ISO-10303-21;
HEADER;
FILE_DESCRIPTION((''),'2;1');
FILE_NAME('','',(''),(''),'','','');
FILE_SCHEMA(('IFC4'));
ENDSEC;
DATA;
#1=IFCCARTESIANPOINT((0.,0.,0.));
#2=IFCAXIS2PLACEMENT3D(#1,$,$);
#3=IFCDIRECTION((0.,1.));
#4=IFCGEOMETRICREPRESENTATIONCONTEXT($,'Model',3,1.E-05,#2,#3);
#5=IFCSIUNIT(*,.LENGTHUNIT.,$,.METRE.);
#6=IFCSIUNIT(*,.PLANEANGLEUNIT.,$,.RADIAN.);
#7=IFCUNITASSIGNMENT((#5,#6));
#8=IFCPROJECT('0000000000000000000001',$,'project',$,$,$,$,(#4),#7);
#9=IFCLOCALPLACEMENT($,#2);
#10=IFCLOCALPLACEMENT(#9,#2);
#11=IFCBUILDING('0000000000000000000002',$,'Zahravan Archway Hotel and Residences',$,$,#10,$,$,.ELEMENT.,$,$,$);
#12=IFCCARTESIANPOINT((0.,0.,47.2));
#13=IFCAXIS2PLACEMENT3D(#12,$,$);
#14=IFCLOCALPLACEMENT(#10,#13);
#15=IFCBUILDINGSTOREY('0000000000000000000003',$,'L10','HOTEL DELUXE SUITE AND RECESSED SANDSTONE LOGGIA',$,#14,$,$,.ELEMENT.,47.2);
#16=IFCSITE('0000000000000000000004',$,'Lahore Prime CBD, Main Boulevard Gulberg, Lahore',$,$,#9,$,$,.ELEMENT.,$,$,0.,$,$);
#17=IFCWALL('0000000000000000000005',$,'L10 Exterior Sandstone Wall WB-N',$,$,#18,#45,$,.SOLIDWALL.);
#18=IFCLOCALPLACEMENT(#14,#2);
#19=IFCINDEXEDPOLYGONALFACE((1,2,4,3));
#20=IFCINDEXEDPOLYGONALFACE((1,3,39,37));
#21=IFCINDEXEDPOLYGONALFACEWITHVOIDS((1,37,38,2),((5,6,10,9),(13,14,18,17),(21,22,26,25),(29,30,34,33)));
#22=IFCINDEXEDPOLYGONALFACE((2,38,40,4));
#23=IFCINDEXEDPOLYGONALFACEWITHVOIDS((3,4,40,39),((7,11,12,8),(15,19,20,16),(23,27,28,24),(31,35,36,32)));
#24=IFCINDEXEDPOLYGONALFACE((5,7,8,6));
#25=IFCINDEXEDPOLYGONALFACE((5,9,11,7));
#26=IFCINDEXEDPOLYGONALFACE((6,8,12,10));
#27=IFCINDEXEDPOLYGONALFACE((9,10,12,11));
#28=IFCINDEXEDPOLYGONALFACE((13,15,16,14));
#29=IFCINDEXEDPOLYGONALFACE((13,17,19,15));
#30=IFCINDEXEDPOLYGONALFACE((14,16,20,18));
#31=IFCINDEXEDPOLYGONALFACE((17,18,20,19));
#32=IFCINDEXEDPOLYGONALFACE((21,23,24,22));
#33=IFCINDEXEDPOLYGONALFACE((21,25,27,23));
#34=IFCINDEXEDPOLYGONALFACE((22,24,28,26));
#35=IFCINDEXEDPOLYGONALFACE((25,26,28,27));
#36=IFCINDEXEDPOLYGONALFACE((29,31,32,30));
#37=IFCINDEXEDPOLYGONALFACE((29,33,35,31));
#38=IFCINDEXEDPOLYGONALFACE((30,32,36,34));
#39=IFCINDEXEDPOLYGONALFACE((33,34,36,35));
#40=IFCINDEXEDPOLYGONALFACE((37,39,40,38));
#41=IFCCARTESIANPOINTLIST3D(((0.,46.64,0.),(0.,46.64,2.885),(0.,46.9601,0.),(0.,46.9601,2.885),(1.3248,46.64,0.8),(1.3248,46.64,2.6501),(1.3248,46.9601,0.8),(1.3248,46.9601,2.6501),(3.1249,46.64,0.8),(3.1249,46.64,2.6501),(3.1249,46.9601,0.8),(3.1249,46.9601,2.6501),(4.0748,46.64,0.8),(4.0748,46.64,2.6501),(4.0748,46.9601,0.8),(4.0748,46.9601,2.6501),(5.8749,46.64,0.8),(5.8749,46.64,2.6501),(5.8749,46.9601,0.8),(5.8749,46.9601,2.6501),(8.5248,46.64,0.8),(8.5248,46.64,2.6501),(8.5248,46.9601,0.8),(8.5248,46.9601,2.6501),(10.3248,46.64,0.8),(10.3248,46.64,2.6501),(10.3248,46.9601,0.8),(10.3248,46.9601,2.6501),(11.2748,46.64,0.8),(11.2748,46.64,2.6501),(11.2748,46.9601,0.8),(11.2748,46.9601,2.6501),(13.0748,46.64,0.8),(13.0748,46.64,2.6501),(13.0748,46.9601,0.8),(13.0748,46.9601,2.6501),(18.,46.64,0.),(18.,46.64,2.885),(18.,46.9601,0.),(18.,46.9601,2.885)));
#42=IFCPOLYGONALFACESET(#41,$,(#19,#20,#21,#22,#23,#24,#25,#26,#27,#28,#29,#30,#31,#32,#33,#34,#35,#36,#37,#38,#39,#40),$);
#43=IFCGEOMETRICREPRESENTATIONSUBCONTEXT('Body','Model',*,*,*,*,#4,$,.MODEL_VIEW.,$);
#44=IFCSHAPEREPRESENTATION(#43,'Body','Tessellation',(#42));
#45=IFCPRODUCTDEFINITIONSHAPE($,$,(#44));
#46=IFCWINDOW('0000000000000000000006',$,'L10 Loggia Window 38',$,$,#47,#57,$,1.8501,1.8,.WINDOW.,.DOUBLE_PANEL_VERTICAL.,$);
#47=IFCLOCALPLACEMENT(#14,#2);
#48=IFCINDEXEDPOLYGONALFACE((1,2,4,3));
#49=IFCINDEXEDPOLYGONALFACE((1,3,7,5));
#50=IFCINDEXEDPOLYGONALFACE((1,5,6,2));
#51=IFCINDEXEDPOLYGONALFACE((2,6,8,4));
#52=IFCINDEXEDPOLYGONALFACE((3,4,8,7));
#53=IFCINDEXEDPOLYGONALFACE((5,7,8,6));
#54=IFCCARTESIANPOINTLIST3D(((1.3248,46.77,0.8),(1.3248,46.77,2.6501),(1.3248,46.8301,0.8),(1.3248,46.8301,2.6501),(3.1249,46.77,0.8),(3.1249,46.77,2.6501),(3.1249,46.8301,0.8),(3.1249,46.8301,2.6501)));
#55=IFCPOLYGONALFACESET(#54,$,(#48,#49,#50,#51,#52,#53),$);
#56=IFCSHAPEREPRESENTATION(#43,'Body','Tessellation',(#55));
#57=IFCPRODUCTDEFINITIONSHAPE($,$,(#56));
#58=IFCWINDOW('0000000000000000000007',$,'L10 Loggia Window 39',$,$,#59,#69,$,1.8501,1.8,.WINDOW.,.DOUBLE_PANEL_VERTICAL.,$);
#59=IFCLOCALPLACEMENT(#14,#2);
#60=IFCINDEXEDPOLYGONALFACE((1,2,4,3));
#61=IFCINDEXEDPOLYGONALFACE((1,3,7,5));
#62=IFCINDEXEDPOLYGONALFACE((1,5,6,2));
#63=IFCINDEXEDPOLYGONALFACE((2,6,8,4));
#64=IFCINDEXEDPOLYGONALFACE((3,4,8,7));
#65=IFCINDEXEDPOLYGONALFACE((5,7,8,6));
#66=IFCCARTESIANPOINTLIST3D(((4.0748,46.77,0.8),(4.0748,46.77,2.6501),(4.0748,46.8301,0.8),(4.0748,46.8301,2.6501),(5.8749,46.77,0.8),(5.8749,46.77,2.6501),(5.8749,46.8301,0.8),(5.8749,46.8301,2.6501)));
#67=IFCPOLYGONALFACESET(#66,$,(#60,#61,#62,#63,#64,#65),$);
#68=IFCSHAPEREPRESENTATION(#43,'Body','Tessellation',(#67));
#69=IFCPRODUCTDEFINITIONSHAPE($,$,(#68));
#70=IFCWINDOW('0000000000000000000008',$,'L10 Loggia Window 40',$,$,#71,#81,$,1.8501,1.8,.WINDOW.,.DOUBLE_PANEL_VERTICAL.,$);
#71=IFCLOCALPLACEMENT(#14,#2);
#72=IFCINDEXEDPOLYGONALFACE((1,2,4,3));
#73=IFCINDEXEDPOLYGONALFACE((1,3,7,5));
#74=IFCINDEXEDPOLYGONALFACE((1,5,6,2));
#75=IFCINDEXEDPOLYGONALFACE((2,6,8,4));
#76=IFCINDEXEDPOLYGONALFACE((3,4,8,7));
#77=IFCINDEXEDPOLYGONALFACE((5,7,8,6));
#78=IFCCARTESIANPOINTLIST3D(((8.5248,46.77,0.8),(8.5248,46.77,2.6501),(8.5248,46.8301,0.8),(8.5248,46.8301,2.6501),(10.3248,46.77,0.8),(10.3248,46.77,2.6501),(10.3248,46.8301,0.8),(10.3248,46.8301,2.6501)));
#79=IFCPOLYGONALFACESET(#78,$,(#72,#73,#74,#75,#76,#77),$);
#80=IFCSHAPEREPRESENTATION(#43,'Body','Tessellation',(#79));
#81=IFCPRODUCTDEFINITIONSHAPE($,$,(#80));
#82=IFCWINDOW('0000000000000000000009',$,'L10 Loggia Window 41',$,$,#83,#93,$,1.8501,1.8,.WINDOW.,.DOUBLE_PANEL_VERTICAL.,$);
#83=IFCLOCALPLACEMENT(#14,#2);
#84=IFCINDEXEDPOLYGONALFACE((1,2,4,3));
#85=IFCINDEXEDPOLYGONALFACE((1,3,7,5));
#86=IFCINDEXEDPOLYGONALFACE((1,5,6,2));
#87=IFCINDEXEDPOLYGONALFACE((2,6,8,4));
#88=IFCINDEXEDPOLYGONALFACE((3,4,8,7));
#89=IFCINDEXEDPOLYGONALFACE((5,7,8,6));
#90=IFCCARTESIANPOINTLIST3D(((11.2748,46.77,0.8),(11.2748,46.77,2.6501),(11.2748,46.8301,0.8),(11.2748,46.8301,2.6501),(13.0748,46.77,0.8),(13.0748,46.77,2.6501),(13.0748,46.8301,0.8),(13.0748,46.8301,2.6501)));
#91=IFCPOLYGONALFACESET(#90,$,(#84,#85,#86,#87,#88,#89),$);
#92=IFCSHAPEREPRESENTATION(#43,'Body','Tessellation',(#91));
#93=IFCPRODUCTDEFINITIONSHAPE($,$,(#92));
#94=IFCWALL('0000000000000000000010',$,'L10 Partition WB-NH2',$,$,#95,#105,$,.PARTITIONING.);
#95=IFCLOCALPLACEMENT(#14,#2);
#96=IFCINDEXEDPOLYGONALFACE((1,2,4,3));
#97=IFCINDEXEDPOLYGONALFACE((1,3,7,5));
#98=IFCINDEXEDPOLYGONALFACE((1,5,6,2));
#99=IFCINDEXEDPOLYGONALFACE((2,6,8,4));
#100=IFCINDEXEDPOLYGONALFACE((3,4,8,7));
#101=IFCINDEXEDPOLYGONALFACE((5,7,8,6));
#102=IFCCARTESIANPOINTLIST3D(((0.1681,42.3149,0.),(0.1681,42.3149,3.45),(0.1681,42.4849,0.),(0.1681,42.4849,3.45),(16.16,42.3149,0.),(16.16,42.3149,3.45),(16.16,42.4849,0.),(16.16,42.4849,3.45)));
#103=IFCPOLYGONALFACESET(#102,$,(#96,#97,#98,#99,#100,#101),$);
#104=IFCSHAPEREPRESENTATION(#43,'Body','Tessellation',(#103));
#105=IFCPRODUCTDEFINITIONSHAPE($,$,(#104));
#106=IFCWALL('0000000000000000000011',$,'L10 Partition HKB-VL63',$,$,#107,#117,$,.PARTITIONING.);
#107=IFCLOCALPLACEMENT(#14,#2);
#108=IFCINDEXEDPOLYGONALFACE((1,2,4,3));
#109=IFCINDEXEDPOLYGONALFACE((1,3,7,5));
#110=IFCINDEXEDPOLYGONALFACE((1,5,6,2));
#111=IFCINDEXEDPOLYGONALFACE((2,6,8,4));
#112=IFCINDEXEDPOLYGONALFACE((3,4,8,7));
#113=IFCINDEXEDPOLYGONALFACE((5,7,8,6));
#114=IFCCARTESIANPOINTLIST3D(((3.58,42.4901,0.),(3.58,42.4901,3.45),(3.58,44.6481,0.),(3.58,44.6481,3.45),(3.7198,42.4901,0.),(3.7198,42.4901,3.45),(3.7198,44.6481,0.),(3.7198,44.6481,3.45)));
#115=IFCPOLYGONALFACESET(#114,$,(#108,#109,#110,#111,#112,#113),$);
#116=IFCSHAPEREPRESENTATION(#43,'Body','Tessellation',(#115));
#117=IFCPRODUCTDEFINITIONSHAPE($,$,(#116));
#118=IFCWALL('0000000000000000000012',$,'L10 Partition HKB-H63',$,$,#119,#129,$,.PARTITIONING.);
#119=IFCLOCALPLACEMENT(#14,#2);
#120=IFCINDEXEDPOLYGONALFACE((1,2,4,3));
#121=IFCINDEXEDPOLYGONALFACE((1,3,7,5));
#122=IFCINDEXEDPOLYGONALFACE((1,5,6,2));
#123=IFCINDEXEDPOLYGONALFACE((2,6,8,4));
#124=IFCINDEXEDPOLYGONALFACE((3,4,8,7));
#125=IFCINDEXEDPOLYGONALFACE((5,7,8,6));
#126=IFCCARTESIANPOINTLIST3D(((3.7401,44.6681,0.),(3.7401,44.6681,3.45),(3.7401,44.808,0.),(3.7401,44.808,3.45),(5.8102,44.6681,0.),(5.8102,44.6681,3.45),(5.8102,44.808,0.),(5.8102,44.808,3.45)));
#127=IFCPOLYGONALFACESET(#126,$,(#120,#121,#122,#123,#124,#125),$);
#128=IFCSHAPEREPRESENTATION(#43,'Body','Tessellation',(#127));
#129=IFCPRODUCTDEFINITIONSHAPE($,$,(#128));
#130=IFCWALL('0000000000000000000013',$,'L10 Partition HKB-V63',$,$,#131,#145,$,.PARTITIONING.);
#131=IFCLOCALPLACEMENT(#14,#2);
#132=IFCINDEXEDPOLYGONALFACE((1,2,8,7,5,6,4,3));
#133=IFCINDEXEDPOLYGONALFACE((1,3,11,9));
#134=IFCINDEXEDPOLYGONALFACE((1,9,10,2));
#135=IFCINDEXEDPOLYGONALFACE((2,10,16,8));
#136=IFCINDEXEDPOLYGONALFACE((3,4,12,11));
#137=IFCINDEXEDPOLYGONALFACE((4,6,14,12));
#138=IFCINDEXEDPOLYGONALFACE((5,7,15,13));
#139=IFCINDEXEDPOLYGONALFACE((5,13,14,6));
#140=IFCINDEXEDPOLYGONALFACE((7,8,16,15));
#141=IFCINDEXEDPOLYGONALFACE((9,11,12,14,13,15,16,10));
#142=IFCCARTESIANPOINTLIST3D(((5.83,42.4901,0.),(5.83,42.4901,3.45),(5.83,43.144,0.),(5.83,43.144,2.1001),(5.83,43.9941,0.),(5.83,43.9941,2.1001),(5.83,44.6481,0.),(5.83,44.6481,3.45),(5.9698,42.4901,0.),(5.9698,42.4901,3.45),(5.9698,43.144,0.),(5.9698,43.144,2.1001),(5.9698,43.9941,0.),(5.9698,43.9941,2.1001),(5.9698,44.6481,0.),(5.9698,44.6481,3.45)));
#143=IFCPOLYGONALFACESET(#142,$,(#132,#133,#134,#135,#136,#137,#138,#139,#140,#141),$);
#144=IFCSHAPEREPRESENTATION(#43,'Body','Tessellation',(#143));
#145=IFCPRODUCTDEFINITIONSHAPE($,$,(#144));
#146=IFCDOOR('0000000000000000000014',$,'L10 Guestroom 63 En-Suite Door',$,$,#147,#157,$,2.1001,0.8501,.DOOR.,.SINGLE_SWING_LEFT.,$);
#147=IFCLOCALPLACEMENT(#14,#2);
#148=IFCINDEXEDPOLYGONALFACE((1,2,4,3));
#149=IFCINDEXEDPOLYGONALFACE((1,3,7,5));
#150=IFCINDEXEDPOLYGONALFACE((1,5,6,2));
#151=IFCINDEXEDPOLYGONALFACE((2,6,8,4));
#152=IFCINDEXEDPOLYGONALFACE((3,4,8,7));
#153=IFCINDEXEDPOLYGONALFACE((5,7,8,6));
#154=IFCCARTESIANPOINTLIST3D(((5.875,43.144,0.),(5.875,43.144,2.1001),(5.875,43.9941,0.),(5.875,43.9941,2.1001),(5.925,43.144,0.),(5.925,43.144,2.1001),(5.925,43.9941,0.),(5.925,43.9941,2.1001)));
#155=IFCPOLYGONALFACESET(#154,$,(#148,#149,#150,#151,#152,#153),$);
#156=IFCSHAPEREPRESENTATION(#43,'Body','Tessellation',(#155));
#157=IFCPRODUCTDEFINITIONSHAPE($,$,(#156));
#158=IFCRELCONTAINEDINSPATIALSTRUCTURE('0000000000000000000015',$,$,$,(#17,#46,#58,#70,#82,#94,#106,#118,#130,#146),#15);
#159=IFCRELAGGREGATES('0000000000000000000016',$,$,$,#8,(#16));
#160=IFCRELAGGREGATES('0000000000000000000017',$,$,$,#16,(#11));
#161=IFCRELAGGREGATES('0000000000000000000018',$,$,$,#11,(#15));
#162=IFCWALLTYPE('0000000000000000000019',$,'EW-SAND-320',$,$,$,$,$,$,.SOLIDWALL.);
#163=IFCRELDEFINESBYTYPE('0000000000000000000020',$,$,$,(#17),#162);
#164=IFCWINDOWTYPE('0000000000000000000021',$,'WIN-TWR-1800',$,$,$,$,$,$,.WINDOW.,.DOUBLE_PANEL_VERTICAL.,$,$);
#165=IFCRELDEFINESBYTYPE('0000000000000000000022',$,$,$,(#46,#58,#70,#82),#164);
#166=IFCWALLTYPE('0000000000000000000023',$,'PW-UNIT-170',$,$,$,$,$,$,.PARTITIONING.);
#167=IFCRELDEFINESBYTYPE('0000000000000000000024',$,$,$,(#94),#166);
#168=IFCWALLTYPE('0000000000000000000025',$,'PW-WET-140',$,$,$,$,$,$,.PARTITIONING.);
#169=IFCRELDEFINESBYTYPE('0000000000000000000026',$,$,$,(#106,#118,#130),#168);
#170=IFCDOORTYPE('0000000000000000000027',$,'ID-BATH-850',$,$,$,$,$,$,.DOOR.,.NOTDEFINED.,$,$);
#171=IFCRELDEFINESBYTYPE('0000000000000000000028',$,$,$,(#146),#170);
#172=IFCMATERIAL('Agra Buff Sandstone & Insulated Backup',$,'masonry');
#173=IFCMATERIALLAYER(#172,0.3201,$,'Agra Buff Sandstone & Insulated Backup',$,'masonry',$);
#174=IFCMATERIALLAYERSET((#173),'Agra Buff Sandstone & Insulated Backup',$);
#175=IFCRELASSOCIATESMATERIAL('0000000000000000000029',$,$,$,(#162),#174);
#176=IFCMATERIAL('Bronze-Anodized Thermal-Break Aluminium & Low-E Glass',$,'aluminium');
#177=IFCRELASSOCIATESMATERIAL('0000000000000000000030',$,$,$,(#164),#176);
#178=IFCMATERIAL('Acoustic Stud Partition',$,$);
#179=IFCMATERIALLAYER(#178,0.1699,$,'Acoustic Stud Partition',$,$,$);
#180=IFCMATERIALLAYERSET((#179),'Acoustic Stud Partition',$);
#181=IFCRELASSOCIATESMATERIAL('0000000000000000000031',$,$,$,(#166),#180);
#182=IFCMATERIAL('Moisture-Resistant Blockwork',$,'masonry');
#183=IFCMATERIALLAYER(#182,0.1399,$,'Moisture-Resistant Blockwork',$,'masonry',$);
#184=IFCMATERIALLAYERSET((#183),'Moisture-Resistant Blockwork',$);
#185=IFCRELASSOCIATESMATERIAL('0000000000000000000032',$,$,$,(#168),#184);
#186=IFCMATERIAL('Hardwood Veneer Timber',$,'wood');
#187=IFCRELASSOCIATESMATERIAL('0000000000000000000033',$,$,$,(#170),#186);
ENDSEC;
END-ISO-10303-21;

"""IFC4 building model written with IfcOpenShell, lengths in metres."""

from ifc_helpers import new_model, si_unit, direction, frame, frame_2d, origin, place, context, subcontext, project, spatial, rectangle, extrude, source, transform, mapped, material, layer, layer_set, type_object, type_shapes, element, fill, save


model = new_model("IFC4")

# Units and contexts
model_context = context("Model", 3, precision=1e-05, world=origin(), true_north=direction((0.0, 1.0)))
body_context = subcontext(model_context, "Body", "Model", "MODEL_VIEW")
ifc_project = project(units=[si_unit("LENGTHUNIT", "METRE"), si_unit("PLANEANGLEUNIT", "RADIAN")], contexts=[model_context])

# Site, building, storey
site_placement = place(None, origin())
site = spatial("IfcSite", under=ifc_project, at=site_placement, Name="Lahore Prime CBD, Main Boulevard Gulberg, Lahore", CompositionType="ELEMENT", RefElevation=0.0)
building_placement = place(site_placement, origin())
building = spatial("IfcBuilding", under=site, at=building_placement, Name="Zahravan Archway Hotel and Residences", CompositionType="ELEMENT")
storey_placement = place(building_placement, frame((0.0, 0.0, 47.2)))
storey = spatial("IfcBuildingStorey", under=building, at=storey_placement, Name="L10", Description="HOTEL DELUXE SUITE AND RECESSED SANDSTONE LOGGIA", CompositionType="ELEMENT", Elevation=47.2)

# Wall, openings, windows
ifc_material_1 = material(Name="Agra Buff Sandstone & Insulated Backup", Category="masonry")
ifc_layer_1 = layer(ifc_material_1, 0.3201, Name="Agra Buff Sandstone & Insulated Backup", Category="masonry")
ifc_layer_set_1 = layer_set([ifc_layer_1], Name="Agra Buff Sandstone & Insulated Backup")
wall_type_1 = type_object("IfcWallType", Name="EW-SAND-320", PredefinedType="SOLIDWALL", material=ifc_layer_set_1)
wall_1_placement = place(storey_placement, frame((0.0, 46.8, 0.0), z_axis=(0.0, 0.0, 1.0), x_axis=(1.0, 0.0, 0.0)))
wall_1 = element("IfcWall", 1, at=wall_1_placement, inside=storey, type_object=wall_type_1, Name="L10 Exterior Sandstone Wall WB-N", PredefinedType="SOLIDWALL", context=body_context, shape_type="SweptSolid", body=[
    extrude(rectangle(XDim=18.0, YDim=0.3201, at=frame_2d((9.0, 0.0))), origin(), (0.0, 0.0, 1.0), 2.885),
])
opening_1_placement = place(wall_1_placement, frame((1.325, 0.0, 0.8)))
opening_1 = element("IfcOpeningElement", 2, at=opening_1_placement, cuts=wall_1, PredefinedType="OPENING", context=body_context, shape_type="SweptSolid", body=[
    extrude(rectangle(XDim=1.8, YDim=1.8501, at=frame_2d((0.8999, 0.925))), frame((0.0, 0.1699, 0.0), z_axis=(0.0, -1.0, 0.0), x_axis=(1.0, 0.0, 0.0)), (0.0, 0.0, 1.0), 0.3401),
])
opening_2_placement = place(wall_1_placement, frame((4.075, 0.0, 0.8)))
opening_2 = element("IfcOpeningElement", 3, at=opening_2_placement, cuts=wall_1, PredefinedType="OPENING", context=body_context, shape_type="SweptSolid", body=[
    extrude(rectangle(XDim=1.8, YDim=1.8501, at=frame_2d((0.8999, 0.925))), frame((0.0, 0.1699, 0.0), z_axis=(0.0, -1.0, 0.0), x_axis=(1.0, 0.0, 0.0)), (0.0, 0.0, 1.0), 0.3401),
])
opening_3_placement = place(wall_1_placement, frame((8.5249, 0.0, 0.8)))
opening_3 = element("IfcOpeningElement", 4, at=opening_3_placement, cuts=wall_1, PredefinedType="OPENING", context=body_context, shape_type="SweptSolid", body=[
    extrude(rectangle(XDim=1.8, YDim=1.8501, at=frame_2d((0.8999, 0.925))), frame((0.0, 0.1699, 0.0), z_axis=(0.0, -1.0, 0.0), x_axis=(1.0, 0.0, 0.0)), (0.0, 0.0, 1.0), 0.3401),
])
opening_4_placement = place(wall_1_placement, frame((11.2749, 0.0, 0.8)))
opening_4 = element("IfcOpeningElement", 5, at=opening_4_placement, cuts=wall_1, PredefinedType="OPENING", context=body_context, shape_type="SweptSolid", body=[
    extrude(rectangle(XDim=1.8, YDim=1.8501, at=frame_2d((0.8999, 0.925))), frame((0.0, 0.1699, 0.0), z_axis=(0.0, -1.0, 0.0), x_axis=(1.0, 0.0, 0.0)), (0.0, 0.0, 1.0), 0.3401),
])
ifc_material_2 = material(Name="Bronze-Anodized Thermal-Break Aluminium & Low-E Glass", Category="aluminium")
window_type = type_object("IfcWindowType", Name="WIN-TWR-1800", PartitioningType="DOUBLE_PANEL_VERTICAL", PredefinedType="WINDOW", material=ifc_material_2)
shared_shape_1 = source(origin(), body_context, "Body", "SweptSolid", [
    extrude(rectangle(XDim=1.8, YDim=1.8501, at=frame_2d((0.8999, 0.925))), frame((0.0, 0.03, 0.0), z_axis=(0.0, -1.0, 0.0), x_axis=(1.0, 0.0, 0.0)), (0.0, 0.0, 1.0), 0.0601),
])
type_shapes(window_type, [shared_shape_1])
window_1_placement = place(opening_1_placement, origin())
window_1 = element("IfcWindow", 6, at=window_1_placement, inside=storey, type_object=window_type, Name="L10 Loggia Window 38", OverallHeight=1.8501, OverallWidth=1.8, PartitioningType="DOUBLE_PANEL_VERTICAL", PredefinedType="WINDOW", context=body_context, shape_type="MappedRepresentation", body=[
    mapped(shared_shape_1, transform((0.0, 0.0, 0.0), scale=1.0)),
])
fill(opening_1, window_1)
window_2_placement = place(opening_2_placement, origin())
window_2 = element("IfcWindow", 7, at=window_2_placement, inside=storey, type_object=window_type, Name="L10 Loggia Window 39", OverallHeight=1.8501, OverallWidth=1.8, PartitioningType="DOUBLE_PANEL_VERTICAL", PredefinedType="WINDOW", context=body_context, shape_type="MappedRepresentation", body=[
    mapped(shared_shape_1, transform((0.0, 0.0, 0.0), scale=1.0)),
])
fill(opening_2, window_2)
window_3_placement = place(opening_3_placement, origin())
window_3 = element("IfcWindow", 8, at=window_3_placement, inside=storey, type_object=window_type, Name="L10 Loggia Window 40", OverallHeight=1.8501, OverallWidth=1.8, PartitioningType="DOUBLE_PANEL_VERTICAL", PredefinedType="WINDOW", context=body_context, shape_type="MappedRepresentation", body=[
    mapped(shared_shape_1, transform((0.0, 0.0, 0.0), scale=1.0)),
])
fill(opening_3, window_3)
window_4_placement = place(opening_4_placement, origin())
window_4 = element("IfcWindow", 9, at=window_4_placement, inside=storey, type_object=window_type, Name="L10 Loggia Window 41", OverallHeight=1.8501, OverallWidth=1.8, PartitioningType="DOUBLE_PANEL_VERTICAL", PredefinedType="WINDOW", context=body_context, shape_type="MappedRepresentation", body=[
    mapped(shared_shape_1, transform((0.0, 0.0, 0.0), scale=1.0)),
])
fill(opening_4, window_4)

# Shared definitions
ifc_material_3 = material(Name="Acoustic Stud Partition")
ifc_layer_2 = layer(ifc_material_3, 0.1699, Name="Acoustic Stud Partition")
ifc_layer_set_2 = layer_set([ifc_layer_2], Name="Acoustic Stud Partition")
wall_type_2 = type_object("IfcWallType", Name="PW-UNIT-170", PredefinedType="PARTITIONING", material=ifc_layer_set_2)
ifc_material_4 = material(Name="Hardwood Veneer Timber", Category="wood")

# Walls
wall_2_placement = place(storey_placement, frame((0.168, 42.3999, 0.0), z_axis=(0.0, 0.0, 1.0), x_axis=(1.0, 0.0, 0.0)))
element("IfcWall", 10, at=wall_2_placement, inside=storey, type_object=wall_type_2, Name="L10 Partition WB-NH2", PredefinedType="PARTITIONING", context=body_context, shape_type="SweptSolid", body=[
    extrude(rectangle(XDim=15.9919, YDim=0.1699, at=frame_2d((7.9961, 0.0))), origin(), (0.0, 0.0, 1.0), 3.45),
])
ifc_material_5 = material(Name="Moisture-Resistant Blockwork", Category="masonry")
ifc_layer_3 = layer(ifc_material_5, 0.1399, Name="Moisture-Resistant Blockwork", Category="masonry")
ifc_layer_set_3 = layer_set([ifc_layer_3], Name="Moisture-Resistant Blockwork")
wall_type_3 = type_object("IfcWallType", Name="PW-WET-140", PredefinedType="PARTITIONING", material=ifc_layer_set_3)
wall_3_placement = place(storey_placement, frame((3.6499, 42.49, 0.0), z_axis=(0.0, 0.0, 1.0), x_axis=(0.0, 1.0, 0.0)))
element("IfcWall", 11, at=wall_3_placement, inside=storey, type_object=wall_type_3, Name="L10 Partition HKB-VL63", PredefinedType="PARTITIONING", context=body_context, shape_type="SweptSolid", body=[
    extrude(rectangle(XDim=2.158, YDim=0.1399, at=frame_2d((1.0791, 0.0))), origin(), (0.0, 0.0, 1.0), 3.45),
])
wall_4_placement = place(storey_placement, frame((3.74, 44.738, 0.0), z_axis=(0.0, 0.0, 1.0), x_axis=(1.0, 0.0, 0.0)))
element("IfcWall", 12, at=wall_4_placement, inside=storey, type_object=wall_type_3, Name="L10 Partition HKB-H63", PredefinedType="PARTITIONING", context=body_context, shape_type="SweptSolid", body=[
    extrude(rectangle(XDim=2.0701, YDim=0.1399, at=frame_2d((1.0352, 0.0))), origin(), (0.0, 0.0, 1.0), 3.45),
])

# Wall, opening, door
wall_5_placement = place(storey_placement, frame((5.8999, 42.49, 0.0), z_axis=(0.0, 0.0, 1.0), x_axis=(0.0, 1.0, 0.0)))
wall_5 = element("IfcWall", 13, at=wall_5_placement, inside=storey, type_object=wall_type_3, Name="L10 Partition HKB-V63", PredefinedType="PARTITIONING", context=body_context, shape_type="SweptSolid", body=[
    extrude(rectangle(XDim=2.158, YDim=0.1399, at=frame_2d((1.0791, 0.0))), origin(), (0.0, 0.0, 1.0), 3.45),
])
opening_5_placement = place(wall_5_placement, frame((0.6541, 0.0, 0.0)))
opening_5 = element("IfcOpeningElement", 14, at=opening_5_placement, cuts=wall_5, PredefinedType="OPENING", context=body_context, shape_type="SweptSolid", body=[
    extrude(rectangle(XDim=0.8501, YDim=2.1001, at=frame_2d((0.425, 1.05))), frame((0.0, 0.0801, 0.0), z_axis=(0.0, -1.0, 0.0), x_axis=(1.0, 0.0, 0.0)), (0.0, 0.0, 1.0), 0.1599),
])
door_type_1 = type_object("IfcDoorType", Name="ID-BATH-850", OperationType="NOTDEFINED", PredefinedType="DOOR", material=ifc_material_4)
shared_shape_2 = source(origin(), body_context, "Body", "SweptSolid", [
    extrude(rectangle(XDim=0.8501, YDim=2.1001, at=frame_2d((0.425, 1.05))), frame((0.0, 0.0249, 0.0), z_axis=(0.0, -1.0, 0.0), x_axis=(1.0, 0.0, 0.0)), (0.0, 0.0, 1.0), 0.05),
])
type_shapes(door_type_1, [shared_shape_2])
door_1_placement = place(opening_5_placement, origin())
door_1 = element("IfcDoor", 15, at=door_1_placement, inside=storey, type_object=door_type_1, Name="L10 Guestroom 63 En-Suite Door", OperationType="SINGLE_SWING_LEFT", OverallHeight=2.1001, OverallWidth=0.8501, PredefinedType="DOOR", context=body_context, shape_type="MappedRepresentation", body=[
    mapped(shared_shape_2, transform((0.0, 0.0, 0.0), scale=1.0)),
])
fill(opening_5, door_1)

save(model, "model.ifc")
